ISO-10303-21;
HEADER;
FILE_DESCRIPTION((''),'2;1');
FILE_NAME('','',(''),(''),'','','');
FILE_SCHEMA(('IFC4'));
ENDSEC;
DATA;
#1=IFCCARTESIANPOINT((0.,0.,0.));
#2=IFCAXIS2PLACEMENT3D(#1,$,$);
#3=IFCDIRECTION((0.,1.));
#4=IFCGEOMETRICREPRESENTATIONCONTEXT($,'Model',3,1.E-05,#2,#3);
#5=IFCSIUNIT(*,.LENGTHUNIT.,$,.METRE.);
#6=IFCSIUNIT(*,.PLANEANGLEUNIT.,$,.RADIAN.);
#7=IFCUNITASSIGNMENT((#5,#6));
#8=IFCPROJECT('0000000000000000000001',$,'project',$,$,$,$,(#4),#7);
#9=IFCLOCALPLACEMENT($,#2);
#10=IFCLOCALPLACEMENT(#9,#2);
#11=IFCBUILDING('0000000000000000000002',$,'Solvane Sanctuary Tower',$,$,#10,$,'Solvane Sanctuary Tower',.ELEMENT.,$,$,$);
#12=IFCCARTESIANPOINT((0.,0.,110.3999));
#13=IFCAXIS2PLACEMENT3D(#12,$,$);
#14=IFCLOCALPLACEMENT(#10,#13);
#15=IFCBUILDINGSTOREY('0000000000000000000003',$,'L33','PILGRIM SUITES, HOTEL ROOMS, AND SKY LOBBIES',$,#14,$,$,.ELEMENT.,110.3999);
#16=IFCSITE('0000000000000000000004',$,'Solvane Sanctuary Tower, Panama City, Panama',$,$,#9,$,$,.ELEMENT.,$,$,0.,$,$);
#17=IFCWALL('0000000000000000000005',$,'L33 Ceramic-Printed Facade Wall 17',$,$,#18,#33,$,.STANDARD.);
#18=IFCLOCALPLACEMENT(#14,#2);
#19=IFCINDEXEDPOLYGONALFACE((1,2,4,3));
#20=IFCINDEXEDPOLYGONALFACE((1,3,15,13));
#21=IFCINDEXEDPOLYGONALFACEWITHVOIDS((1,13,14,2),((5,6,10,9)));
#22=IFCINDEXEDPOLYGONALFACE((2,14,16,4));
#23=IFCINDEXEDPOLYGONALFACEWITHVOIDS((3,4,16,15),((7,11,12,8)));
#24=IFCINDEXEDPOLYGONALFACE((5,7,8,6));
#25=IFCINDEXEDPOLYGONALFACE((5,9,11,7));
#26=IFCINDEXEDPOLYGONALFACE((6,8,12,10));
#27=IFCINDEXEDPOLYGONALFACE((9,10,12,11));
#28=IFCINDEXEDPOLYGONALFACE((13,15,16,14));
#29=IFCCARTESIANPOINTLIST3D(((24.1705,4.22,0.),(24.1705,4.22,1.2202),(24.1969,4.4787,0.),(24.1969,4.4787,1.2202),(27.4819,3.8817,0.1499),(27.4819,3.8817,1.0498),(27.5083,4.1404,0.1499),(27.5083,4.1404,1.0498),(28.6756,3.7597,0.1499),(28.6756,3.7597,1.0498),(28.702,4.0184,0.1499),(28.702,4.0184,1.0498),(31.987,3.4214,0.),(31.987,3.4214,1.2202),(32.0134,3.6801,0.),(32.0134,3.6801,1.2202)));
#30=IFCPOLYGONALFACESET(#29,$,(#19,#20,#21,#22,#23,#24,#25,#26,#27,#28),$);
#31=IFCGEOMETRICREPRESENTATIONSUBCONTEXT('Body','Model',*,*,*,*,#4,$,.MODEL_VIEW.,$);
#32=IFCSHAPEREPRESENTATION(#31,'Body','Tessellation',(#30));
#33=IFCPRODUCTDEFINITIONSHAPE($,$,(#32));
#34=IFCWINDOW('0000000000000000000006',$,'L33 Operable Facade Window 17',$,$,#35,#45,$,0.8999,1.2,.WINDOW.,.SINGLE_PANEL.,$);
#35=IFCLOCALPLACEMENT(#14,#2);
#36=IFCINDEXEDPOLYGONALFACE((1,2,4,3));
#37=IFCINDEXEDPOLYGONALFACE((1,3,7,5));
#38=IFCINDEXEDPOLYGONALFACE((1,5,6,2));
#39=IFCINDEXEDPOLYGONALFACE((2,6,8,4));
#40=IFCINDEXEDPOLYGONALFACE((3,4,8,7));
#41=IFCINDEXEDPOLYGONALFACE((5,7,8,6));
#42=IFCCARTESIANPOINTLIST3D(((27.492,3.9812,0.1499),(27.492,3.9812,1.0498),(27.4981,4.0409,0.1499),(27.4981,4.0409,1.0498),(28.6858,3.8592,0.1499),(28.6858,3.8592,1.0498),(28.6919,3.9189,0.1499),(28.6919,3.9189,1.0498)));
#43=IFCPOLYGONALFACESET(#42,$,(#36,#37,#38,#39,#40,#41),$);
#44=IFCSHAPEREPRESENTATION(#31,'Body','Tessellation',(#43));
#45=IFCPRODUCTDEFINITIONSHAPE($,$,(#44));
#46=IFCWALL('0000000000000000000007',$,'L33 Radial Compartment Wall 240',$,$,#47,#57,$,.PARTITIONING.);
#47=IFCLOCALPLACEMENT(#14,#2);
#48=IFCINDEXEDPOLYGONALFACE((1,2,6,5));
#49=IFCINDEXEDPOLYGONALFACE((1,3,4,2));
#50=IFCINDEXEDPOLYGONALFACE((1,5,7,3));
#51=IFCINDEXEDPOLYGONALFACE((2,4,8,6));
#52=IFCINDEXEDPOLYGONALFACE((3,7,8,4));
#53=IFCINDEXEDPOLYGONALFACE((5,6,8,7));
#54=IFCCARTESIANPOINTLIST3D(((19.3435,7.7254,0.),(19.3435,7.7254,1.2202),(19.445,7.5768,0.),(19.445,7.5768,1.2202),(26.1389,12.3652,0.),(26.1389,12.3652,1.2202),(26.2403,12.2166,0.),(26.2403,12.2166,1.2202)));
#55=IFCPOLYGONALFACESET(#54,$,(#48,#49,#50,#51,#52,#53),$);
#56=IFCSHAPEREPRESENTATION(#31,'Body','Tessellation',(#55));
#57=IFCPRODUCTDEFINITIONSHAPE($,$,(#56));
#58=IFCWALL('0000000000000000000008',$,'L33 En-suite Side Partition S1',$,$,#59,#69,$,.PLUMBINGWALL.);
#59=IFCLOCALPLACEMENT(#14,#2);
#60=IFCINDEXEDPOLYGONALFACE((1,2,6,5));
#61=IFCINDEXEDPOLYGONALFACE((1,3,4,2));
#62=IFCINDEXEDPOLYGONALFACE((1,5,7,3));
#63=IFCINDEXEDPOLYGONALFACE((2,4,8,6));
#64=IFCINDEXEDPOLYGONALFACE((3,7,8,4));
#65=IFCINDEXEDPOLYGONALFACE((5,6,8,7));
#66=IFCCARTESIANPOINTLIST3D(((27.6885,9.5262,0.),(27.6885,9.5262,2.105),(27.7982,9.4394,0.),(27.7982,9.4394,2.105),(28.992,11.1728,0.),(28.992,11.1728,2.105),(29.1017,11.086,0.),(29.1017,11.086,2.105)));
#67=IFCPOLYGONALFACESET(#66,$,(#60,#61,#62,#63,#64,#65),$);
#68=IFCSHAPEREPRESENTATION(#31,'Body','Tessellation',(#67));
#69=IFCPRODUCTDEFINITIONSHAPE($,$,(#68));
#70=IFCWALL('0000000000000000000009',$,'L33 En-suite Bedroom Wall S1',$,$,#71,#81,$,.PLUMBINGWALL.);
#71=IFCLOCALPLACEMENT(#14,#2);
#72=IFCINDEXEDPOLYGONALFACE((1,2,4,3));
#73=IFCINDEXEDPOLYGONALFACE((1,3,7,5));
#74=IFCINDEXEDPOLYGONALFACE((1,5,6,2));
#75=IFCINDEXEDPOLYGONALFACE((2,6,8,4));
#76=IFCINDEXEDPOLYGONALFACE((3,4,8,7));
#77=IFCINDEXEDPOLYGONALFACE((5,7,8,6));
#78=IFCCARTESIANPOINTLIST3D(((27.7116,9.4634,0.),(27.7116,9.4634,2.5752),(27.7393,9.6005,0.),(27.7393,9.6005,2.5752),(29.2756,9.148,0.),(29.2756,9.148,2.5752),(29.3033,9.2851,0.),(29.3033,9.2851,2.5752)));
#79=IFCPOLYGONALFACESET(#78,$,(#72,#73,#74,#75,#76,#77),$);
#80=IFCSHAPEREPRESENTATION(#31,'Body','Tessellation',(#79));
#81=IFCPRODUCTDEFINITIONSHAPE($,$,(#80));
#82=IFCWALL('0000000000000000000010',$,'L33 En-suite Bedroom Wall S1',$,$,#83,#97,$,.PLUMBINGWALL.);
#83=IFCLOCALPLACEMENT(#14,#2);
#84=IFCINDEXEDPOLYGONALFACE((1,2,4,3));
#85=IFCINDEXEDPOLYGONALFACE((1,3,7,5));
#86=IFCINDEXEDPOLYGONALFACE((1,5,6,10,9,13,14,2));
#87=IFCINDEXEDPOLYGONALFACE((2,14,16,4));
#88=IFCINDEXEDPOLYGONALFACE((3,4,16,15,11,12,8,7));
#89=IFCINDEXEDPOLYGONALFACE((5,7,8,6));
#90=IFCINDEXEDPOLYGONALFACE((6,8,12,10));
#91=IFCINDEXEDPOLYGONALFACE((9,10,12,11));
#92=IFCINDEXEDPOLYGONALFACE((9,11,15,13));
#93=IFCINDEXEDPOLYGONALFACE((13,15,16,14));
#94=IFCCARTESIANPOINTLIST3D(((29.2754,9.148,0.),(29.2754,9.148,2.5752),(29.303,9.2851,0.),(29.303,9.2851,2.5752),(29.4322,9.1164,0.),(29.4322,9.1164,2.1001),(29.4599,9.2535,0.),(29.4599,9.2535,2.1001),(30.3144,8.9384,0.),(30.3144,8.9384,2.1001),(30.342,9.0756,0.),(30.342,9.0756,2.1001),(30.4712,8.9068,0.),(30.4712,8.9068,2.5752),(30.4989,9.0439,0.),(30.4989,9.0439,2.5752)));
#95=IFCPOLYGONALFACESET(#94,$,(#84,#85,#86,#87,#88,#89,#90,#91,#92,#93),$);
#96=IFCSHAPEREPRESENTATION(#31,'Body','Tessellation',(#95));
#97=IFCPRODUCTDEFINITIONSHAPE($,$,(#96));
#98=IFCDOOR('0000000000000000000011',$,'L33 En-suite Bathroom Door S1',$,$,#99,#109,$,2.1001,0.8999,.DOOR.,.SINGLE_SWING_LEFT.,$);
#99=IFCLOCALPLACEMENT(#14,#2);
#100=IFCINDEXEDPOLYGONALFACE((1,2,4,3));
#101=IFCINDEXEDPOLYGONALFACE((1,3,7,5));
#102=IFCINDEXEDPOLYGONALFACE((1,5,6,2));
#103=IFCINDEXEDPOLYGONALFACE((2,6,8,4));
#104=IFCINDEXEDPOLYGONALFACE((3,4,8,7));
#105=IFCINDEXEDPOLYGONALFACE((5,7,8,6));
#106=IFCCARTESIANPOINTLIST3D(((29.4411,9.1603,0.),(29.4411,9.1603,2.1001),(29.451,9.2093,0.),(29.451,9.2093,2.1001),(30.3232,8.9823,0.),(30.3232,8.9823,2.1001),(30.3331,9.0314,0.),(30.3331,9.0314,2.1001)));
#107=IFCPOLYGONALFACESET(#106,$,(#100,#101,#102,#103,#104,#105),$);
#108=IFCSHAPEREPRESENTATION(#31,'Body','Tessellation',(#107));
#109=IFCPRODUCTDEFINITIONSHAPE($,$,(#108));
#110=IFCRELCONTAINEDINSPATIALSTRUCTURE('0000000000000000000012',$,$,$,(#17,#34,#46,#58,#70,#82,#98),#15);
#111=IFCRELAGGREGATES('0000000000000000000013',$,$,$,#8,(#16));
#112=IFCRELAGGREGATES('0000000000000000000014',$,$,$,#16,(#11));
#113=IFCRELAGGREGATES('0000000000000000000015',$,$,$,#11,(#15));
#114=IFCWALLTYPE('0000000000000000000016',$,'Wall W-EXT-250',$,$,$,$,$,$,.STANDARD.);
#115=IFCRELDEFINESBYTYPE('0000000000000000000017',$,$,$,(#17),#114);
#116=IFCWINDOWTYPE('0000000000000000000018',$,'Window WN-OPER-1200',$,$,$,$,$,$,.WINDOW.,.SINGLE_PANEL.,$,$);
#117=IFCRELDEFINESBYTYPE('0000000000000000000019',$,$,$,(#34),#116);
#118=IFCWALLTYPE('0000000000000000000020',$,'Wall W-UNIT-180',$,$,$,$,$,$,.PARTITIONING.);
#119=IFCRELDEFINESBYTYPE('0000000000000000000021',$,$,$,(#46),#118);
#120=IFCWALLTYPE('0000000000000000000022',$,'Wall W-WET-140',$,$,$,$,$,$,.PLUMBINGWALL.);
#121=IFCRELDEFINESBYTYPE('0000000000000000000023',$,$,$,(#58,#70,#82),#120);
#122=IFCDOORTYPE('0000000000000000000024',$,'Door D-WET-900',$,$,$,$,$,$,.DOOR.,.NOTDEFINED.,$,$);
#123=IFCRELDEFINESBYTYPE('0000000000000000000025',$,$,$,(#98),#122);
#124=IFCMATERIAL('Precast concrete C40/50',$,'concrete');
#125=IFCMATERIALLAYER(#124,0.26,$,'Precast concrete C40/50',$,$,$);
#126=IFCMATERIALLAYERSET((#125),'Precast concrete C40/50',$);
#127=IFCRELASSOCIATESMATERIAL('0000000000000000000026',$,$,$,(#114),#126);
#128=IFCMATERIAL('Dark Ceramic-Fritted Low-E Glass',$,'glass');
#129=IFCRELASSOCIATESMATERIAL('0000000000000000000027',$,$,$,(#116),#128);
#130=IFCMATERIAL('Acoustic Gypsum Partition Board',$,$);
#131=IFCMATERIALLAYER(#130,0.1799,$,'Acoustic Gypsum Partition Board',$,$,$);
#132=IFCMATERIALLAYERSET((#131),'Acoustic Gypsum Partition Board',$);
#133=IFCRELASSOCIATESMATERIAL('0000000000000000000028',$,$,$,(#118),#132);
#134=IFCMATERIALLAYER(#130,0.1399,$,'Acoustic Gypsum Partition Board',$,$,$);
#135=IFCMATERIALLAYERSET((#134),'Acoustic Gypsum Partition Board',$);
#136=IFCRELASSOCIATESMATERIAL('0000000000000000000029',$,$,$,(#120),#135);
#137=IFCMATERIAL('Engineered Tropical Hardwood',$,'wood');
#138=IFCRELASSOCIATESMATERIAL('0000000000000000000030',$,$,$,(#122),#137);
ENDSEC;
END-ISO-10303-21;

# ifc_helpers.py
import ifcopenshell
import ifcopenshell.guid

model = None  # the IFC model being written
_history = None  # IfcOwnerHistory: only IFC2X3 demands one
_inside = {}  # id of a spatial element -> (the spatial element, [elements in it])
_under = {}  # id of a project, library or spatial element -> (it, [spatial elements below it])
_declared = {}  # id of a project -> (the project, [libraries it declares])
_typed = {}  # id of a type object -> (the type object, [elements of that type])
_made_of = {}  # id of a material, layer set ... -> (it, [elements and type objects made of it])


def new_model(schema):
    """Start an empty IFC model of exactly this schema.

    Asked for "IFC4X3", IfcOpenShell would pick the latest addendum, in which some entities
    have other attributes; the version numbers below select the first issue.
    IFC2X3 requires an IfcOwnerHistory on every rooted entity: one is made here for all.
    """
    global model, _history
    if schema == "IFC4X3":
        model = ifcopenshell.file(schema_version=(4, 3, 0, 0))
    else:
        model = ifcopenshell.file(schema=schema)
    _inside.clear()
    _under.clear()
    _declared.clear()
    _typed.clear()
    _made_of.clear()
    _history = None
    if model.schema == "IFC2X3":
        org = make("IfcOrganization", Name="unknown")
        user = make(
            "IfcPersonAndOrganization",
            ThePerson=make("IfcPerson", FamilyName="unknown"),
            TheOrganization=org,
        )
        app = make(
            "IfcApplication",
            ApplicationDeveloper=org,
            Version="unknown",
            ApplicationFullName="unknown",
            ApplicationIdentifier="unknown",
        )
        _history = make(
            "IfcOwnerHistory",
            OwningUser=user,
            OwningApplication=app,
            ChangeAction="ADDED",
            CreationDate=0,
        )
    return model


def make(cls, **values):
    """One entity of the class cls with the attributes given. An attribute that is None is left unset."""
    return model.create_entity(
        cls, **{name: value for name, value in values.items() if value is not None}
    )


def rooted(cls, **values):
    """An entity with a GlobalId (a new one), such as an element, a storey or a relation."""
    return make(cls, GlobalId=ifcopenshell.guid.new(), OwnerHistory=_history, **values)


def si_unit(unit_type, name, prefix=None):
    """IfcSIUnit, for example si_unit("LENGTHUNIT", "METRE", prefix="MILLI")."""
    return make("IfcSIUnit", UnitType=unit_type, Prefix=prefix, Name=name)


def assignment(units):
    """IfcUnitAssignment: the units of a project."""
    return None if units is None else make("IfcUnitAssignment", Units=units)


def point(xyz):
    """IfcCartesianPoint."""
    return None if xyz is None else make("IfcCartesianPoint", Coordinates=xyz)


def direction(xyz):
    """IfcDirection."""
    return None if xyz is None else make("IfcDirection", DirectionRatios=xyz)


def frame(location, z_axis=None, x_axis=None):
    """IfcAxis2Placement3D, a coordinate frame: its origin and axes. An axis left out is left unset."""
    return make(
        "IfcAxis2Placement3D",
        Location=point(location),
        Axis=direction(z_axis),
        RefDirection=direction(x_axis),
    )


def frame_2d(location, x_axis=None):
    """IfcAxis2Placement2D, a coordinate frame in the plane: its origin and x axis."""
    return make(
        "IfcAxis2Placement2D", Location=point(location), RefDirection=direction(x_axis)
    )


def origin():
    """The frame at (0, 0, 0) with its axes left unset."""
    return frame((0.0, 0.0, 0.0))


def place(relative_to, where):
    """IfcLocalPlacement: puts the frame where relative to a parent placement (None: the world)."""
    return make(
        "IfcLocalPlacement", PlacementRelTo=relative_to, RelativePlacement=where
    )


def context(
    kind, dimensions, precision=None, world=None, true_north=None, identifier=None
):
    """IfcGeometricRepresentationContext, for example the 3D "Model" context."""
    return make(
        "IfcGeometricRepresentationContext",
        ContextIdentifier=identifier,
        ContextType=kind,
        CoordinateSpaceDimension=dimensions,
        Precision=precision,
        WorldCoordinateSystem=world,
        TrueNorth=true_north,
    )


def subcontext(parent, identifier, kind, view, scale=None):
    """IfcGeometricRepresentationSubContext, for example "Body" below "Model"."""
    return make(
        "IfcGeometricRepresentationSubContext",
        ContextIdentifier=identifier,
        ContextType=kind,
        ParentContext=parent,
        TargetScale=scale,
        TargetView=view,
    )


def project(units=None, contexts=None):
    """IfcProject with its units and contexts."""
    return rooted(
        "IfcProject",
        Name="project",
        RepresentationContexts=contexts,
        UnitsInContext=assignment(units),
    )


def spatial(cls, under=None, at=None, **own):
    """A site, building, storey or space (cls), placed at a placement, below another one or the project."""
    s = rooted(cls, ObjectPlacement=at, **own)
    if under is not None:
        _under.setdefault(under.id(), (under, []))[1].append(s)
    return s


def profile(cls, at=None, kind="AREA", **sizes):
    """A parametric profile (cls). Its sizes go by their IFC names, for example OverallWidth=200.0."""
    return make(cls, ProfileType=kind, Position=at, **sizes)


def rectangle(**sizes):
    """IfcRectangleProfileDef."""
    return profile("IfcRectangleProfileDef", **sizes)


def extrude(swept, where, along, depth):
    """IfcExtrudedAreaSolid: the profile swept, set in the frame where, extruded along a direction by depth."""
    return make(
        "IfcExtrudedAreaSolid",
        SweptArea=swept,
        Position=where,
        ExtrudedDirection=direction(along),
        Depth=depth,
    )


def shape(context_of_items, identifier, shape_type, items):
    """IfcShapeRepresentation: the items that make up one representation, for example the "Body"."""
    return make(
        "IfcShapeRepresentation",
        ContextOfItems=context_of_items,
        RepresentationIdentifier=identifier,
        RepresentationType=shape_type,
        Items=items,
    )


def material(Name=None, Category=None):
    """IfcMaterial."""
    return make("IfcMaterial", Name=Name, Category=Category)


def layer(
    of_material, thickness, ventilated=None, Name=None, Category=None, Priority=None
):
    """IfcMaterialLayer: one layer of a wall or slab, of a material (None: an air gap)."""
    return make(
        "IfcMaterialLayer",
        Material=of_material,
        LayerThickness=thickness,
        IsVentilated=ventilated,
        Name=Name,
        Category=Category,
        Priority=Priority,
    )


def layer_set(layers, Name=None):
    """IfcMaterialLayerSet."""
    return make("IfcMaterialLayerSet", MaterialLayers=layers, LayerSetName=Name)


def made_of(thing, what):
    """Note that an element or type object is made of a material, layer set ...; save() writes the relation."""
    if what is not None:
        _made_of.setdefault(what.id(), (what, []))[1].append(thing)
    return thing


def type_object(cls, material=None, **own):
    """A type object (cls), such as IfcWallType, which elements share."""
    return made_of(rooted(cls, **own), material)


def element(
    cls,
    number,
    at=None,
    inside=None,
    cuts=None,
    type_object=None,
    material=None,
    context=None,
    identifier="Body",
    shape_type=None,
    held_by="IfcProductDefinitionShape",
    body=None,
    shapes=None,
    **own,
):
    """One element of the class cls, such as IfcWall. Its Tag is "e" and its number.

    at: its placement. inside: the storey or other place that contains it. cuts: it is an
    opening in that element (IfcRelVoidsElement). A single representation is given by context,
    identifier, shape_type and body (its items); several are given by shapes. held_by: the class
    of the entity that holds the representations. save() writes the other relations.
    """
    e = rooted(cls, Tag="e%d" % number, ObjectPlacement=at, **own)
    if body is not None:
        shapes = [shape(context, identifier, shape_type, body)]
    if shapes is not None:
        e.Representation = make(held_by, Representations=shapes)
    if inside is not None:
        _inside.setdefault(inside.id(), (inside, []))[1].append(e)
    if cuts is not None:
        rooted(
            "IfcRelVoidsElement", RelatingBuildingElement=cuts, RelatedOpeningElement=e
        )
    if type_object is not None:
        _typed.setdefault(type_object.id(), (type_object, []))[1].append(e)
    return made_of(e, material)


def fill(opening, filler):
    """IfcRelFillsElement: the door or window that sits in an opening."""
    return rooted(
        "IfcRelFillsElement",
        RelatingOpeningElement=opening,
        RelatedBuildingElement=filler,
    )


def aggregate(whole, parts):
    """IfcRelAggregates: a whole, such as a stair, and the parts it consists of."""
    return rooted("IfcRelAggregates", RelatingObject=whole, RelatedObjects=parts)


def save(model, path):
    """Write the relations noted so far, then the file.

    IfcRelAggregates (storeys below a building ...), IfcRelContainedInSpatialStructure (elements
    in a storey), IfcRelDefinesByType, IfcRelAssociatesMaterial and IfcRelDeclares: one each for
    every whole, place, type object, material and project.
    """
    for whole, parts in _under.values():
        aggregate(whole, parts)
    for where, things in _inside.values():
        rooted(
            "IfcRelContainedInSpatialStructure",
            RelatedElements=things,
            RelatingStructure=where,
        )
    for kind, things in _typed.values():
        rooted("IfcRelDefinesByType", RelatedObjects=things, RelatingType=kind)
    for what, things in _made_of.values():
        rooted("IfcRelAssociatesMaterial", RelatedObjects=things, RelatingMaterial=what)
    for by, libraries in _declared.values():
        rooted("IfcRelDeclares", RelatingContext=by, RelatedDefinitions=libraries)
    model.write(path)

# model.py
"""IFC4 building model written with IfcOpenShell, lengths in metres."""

from ifc_helpers import new_model, si_unit, direction, frame, frame_2d, origin, place, context, subcontext, project, spatial, rectangle, extrude, material, layer, layer_set, type_object, element, fill, save


model = new_model("IFC4")

# Units and contexts
model_context = context("Model", 3, precision=1e-05, world=origin(), true_north=direction((0.0, 1.0)))
body_context = subcontext(model_context, "Body", "Model", "MODEL_VIEW")
ifc_project = project(units=[si_unit("LENGTHUNIT", "METRE"), si_unit("PLANEANGLEUNIT", "RADIAN")], contexts=[model_context])

# Site, building, storey
site_placement = place(None, origin())
site = spatial("IfcSite", under=ifc_project, at=site_placement, Name="Solvane Sanctuary Tower, Panama City, Panama", CompositionType="ELEMENT", RefElevation=0.0)
building_placement = place(site_placement, origin())
building = spatial("IfcBuilding", under=site, at=building_placement, Name="Solvane Sanctuary Tower", LongName="Solvane Sanctuary Tower", CompositionType="ELEMENT")
storey_placement = place(building_placement, frame((0.0, 0.0, 110.3999)))
storey = spatial("IfcBuildingStorey", under=building, at=storey_placement, Name="L33", Description="PILGRIM SUITES, HOTEL ROOMS, AND SKY LOBBIES", CompositionType="ELEMENT", Elevation=110.3999)

# Shared definitions
ifc_material_1 = material(Name="Acoustic Gypsum Partition Board")

# Shared definitions
ifc_material_2 = material(Name="Engineered Tropical Hardwood", Category="wood")

# Wall, opening, window
ifc_material_3 = material(Name="Precast concrete C40/50", Category="concrete")
ifc_layer_1 = layer(ifc_material_3, 0.26, Name="Precast concrete C40/50")
ifc_layer_set_1 = layer_set([ifc_layer_1], Name="Precast concrete C40/50")
wall_type_1 = type_object("IfcWallType", Name="Wall W-EXT-250", PredefinedType="STANDARD", material=ifc_layer_set_1)
wall_1_placement = place(storey_placement, frame((24.1836, 4.3494, 0.0), z_axis=(0.0, 0.0, 1.0), x_axis=(0.994821, -0.101639, 0.0)))
wall_1 = element("IfcWall", 1, at=wall_1_placement, inside=storey, type_object=wall_type_1, Name="L33 Ceramic-Printed Facade Wall 17", PredefinedType="STANDARD", context=body_context, shape_type="SweptSolid", body=[
    extrude(rectangle(XDim=7.8572, YDim=0.26, at=frame_2d((3.9287, 0.0))), origin(), (0.0, 0.0, 1.0), 1.2202),
])
opening_1_placement = place(wall_1_placement, frame((3.3286, 0.0, 0.1499)))
opening_1 = element("IfcOpeningElement", 2, at=opening_1_placement, cuts=wall_1, PredefinedType="OPENING", context=body_context, shape_type="SweptSolid", body=[
    extrude(rectangle(XDim=1.2, YDim=0.8999, at=frame_2d((0.6001, 0.45))), frame((0.0, 0.1399, 0.0), z_axis=(0.0, -1.0, 0.0), x_axis=(1.0, 0.0, 0.0)), (0.0, 0.0, 1.0), 0.28),
])
ifc_material_4 = material(Name="Dark Ceramic-Fritted Low-E Glass", Category="glass")
window_type = type_object("IfcWindowType", Name="Window WN-OPER-1200", PartitioningType="SINGLE_PANEL", PredefinedType="WINDOW", material=ifc_material_4)
window_placement = place(opening_1_placement, origin())
window = element("IfcWindow", 3, at=window_placement, inside=storey, type_object=window_type, Name="L33 Operable Facade Window 17", OverallHeight=0.8999, OverallWidth=1.2, PartitioningType="SINGLE_PANEL", PredefinedType="WINDOW", context=body_context, shape_type="SweptSolid", body=[
    extrude(rectangle(XDim=1.2, YDim=0.8999, at=frame_2d((0.6001, 0.45))), frame((0.0, 0.03, 0.0), z_axis=(0.0, -1.0, 0.0), x_axis=(1.0, 0.0, 0.0)), (0.0, 0.0, 1.0), 0.0601),
])
fill(opening_1, window)

# Walls
ifc_layer_2 = layer(ifc_material_1, 0.1799, Name="Acoustic Gypsum Partition Board")
ifc_layer_set_2 = layer_set([ifc_layer_2], Name="Acoustic Gypsum Partition Board")
wall_type_2 = type_object("IfcWallType", Name="Wall W-UNIT-180", PredefinedType="PARTITIONING", material=ifc_layer_set_2)
wall_2_placement = place(storey_placement, frame((26.1897, 12.291, 0.0), z_axis=(0.0, 0.0, 1.0), x_axis=(-0.825851, -0.563889, 0.0)))
element("IfcWall", 4, at=wall_2_placement, inside=storey, type_object=wall_type_2, Name="L33 Radial Compartment Wall 240", PredefinedType="PARTITIONING", context=body_context, shape_type="SweptSolid", body=[
    extrude(rectangle(XDim=8.2283, YDim=0.1799, at=frame_2d((4.1143, 0.0))), origin(), (0.0, 0.0, 1.0), 1.2202),
])
ifc_layer_3 = layer(ifc_material_1, 0.1399, Name="Acoustic Gypsum Partition Board")
ifc_layer_set_3 = layer_set([ifc_layer_3], Name="Acoustic Gypsum Partition Board")
wall_type_3 = type_object("IfcWallType", Name="Wall W-WET-140", PredefinedType="PLUMBINGWALL", material=ifc_layer_set_3)
wall_3_placement = place(storey_placement, frame((29.0469, 11.1294, 0.0), z_axis=(0.0, 0.0, 1.0), x_axis=(-0.620703, -0.784046, 0.0)))
element("IfcWall", 5, at=wall_3_placement, inside=storey, type_object=wall_type_3, Name="L33 En-suite Side Partition S1", PredefinedType="PLUMBINGWALL", context=body_context, shape_type="SweptSolid", body=[
    extrude(rectangle(XDim=2.1001, YDim=0.1399, at=frame_2d((1.05, 0.0))), origin(), (0.0, 0.0, 1.0), 2.105),
])
wall_4_placement = place(storey_placement, frame((27.7253, 9.532, 0.0), z_axis=(0.0, 0.0, 1.0), x_axis=(0.980262, -0.197705, 0.0)))
element("IfcWall", 6, at=wall_4_placement, inside=storey, type_object=wall_type_3, Name="L33 En-suite Bedroom Wall S1", PredefinedType="PLUMBINGWALL", context=body_context, shape_type="SweptSolid", body=[
    extrude(rectangle(XDim=1.5955, YDim=0.1399, at=frame_2d((0.7979, 0.0))), origin(), (0.0, 0.0, 1.0), 2.5752),
])

# Wall, opening, door
wall_5_placement = place(storey_placement, frame((29.2893, 9.2166, 0.0), z_axis=(0.0, 0.0, 1.0), x_axis=(0.980256, -0.197732, 0.0)))
wall_5 = element("IfcWall", 7, at=wall_5_placement, inside=storey, type_object=wall_type_3, Name="L33 En-suite Bedroom Wall S1", PredefinedType="PLUMBINGWALL", context=body_context, shape_type="SweptSolid", body=[
    extrude(rectangle(XDim=1.22, YDim=0.1399, at=frame_2d((0.6099, 0.0))), origin(), (0.0, 0.0, 1.0), 2.5752),
])
opening_2_placement = place(wall_5_placement, frame((0.1599, 0.0, 0.0)))
opening_2 = element("IfcOpeningElement", 8, at=opening_2_placement, cuts=wall_5, PredefinedType="OPENING", context=body_context, shape_type="SweptSolid", body=[
    extrude(rectangle(XDim=0.8999, YDim=2.1001, at=frame_2d((0.45, 1.05))), frame((0.0, 0.0798, 0.0), z_axis=(0.0, -1.0, 0.0), x_axis=(1.0, 0.0, 0.0)), (0.0, 0.0, 1.0), 0.1599),
])
door_type_1 = type_object("IfcDoorType", Name="Door D-WET-900", OperationType="NOTDEFINED", PredefinedType="DOOR", material=ifc_material_2)
door_1_placement = place(opening_2_placement, origin())
door_1 = element("IfcDoor", 9, at=door_1_placement, inside=storey, type_object=door_type_1, Name="L33 En-suite Bathroom Door S1", OperationType="SINGLE_SWING_LEFT", OverallHeight=2.1001, OverallWidth=0.8999, PredefinedType="DOOR", context=body_context, shape_type="SweptSolid", body=[
    extrude(rectangle(XDim=0.8999, YDim=2.1001, at=frame_2d((0.45, 1.05))), frame((0.0, 0.0249, 0.0), z_axis=(0.0, -1.0, 0.0), x_axis=(1.0, 0.0, 0.0)), (0.0, 0.0, 1.0), 0.05),
])
fill(opening_2, door_1)

save(model, "model.ifc")
